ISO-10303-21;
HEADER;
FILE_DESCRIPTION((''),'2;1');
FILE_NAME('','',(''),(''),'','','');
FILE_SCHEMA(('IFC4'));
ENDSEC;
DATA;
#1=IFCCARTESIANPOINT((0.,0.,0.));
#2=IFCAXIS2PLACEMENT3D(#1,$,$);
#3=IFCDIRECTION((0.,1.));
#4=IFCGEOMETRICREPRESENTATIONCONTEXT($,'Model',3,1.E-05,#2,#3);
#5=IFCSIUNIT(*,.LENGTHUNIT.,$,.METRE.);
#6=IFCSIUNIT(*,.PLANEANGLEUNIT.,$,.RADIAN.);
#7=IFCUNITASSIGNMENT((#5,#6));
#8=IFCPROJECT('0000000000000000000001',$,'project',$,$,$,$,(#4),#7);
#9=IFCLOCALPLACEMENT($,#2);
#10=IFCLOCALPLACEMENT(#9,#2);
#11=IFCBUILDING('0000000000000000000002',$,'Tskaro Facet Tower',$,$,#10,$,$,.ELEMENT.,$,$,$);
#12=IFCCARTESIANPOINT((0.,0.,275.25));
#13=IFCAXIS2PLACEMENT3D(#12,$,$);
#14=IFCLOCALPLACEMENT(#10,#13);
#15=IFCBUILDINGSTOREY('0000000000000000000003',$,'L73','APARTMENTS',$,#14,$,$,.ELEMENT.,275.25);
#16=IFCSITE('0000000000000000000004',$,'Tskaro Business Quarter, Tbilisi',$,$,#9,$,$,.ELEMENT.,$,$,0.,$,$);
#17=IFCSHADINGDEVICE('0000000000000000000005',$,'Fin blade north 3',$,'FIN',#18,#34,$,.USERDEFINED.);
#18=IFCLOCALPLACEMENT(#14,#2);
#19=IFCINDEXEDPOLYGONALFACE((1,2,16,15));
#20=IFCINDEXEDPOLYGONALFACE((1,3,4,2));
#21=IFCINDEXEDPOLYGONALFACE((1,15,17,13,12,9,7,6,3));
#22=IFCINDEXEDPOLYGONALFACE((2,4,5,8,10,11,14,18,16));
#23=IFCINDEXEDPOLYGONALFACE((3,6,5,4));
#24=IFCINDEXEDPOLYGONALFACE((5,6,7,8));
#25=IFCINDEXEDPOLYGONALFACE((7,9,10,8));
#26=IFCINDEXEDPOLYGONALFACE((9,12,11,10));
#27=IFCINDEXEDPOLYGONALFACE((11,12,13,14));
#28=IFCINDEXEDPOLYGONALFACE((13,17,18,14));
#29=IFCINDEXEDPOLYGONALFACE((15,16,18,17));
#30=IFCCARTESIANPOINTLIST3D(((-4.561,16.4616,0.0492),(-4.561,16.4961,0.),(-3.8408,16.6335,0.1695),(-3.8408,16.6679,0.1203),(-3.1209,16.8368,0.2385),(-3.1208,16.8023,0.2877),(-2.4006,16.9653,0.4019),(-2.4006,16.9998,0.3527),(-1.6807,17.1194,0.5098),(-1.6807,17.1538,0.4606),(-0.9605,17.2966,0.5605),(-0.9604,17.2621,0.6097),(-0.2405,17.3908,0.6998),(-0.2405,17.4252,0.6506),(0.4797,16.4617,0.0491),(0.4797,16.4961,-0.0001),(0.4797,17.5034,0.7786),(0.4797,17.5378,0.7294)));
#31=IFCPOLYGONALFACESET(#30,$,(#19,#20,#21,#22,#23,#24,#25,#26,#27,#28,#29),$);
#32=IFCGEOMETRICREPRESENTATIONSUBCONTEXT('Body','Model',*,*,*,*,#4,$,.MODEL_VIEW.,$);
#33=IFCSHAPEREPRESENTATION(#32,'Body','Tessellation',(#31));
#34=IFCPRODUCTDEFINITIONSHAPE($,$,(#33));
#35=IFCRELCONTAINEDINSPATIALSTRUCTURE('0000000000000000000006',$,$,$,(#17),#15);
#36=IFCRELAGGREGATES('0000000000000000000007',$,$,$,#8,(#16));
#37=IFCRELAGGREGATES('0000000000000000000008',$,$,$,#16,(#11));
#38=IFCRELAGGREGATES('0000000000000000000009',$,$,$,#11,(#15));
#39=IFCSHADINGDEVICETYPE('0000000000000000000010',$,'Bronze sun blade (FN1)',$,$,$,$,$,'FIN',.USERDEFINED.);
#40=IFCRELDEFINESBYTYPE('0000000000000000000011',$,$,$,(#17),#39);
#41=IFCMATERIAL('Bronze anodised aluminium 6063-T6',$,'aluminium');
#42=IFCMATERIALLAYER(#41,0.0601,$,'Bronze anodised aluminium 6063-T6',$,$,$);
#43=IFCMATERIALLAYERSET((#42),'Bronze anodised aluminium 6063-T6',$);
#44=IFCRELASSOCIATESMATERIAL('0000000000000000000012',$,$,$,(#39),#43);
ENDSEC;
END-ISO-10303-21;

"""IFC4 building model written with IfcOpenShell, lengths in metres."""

from ifc_helpers import new_model, si_unit, direction, frame, origin, place, context, subcontext, project, spatial, polyline, outline, extrude, material, layer, layer_set, type_object, element, save


model = new_model("IFC4")

# Units and contexts
model_context = context("Model", 3, precision=1e-05, world=origin(), true_north=direction((0.0, 1.0)))
body_context = subcontext(model_context, "Body", "Model", "MODEL_VIEW")
ifc_project = project(units=[si_unit("LENGTHUNIT", "METRE"), si_unit("PLANEANGLEUNIT", "RADIAN")], contexts=[model_context])

# Site, building, storey
site_placement = place(None, origin())
site = spatial("IfcSite", under=ifc_project, at=site_placement, Name="Tskaro Business Quarter, Tbilisi", CompositionType="ELEMENT", RefElevation=0.0)
building_placement = place(site_placement, origin())
building = spatial("IfcBuilding", under=site, at=building_placement, Name="Tskaro Facet Tower", CompositionType="ELEMENT")
storey_placement = place(building_placement, frame((0.0, 0.0, 275.25)))
storey = spatial("IfcBuildingStorey", under=building, at=storey_placement, Name="L73", Description="APARTMENTS", CompositionType="ELEMENT", Elevation=275.25)

# Shared definitions
ifc_material_1 = material(Name="Bronze anodised aluminium 6063-T6", Category="aluminium")

# Shading device
ifc_layer_1 = layer(ifc_material_1, 0.0601, Name="Bronze anodised aluminium 6063-T6")
ifc_layer_set_1 = layer_set([ifc_layer_1], Name="Bronze anodised aluminium 6063-T6")
shading_device_type = type_object("IfcShadingDeviceType", Name="Bronze sun blade (FN1)", ElementType="FIN", PredefinedType="USERDEFINED", material=ifc_layer_set_1)
shading_device_1_placement = place(storey_placement, frame((0.4797, 16.4617, 0.0491), z_axis=(0.00002, -0.573662, 0.819092), x_axis=(-1.0, -0.000012, 0.000016)))
element("IfcShadingDevice", 1, at=shading_device_1_placement, inside=storey, type_object=shading_device_type, Name="Fin blade north 3", ObjectType="FIN", PredefinedType="USERDEFINED", context=body_context, shape_type="SweptSolid", body=[
    extrude(outline(polyline([(0.0, 0.0), (5.0408, 0.0), (4.3206, -0.2098), (3.6006, -0.4159), (2.8804, -0.6149), (2.1604, -0.803), (1.4402, -0.9773), (0.7202, -1.1343), (0.0, -1.2718), (0.0, 0.0)])), origin(), (0.0, 0.0, -1.0), 0.0601),
])

save(model, "model.ifc")
